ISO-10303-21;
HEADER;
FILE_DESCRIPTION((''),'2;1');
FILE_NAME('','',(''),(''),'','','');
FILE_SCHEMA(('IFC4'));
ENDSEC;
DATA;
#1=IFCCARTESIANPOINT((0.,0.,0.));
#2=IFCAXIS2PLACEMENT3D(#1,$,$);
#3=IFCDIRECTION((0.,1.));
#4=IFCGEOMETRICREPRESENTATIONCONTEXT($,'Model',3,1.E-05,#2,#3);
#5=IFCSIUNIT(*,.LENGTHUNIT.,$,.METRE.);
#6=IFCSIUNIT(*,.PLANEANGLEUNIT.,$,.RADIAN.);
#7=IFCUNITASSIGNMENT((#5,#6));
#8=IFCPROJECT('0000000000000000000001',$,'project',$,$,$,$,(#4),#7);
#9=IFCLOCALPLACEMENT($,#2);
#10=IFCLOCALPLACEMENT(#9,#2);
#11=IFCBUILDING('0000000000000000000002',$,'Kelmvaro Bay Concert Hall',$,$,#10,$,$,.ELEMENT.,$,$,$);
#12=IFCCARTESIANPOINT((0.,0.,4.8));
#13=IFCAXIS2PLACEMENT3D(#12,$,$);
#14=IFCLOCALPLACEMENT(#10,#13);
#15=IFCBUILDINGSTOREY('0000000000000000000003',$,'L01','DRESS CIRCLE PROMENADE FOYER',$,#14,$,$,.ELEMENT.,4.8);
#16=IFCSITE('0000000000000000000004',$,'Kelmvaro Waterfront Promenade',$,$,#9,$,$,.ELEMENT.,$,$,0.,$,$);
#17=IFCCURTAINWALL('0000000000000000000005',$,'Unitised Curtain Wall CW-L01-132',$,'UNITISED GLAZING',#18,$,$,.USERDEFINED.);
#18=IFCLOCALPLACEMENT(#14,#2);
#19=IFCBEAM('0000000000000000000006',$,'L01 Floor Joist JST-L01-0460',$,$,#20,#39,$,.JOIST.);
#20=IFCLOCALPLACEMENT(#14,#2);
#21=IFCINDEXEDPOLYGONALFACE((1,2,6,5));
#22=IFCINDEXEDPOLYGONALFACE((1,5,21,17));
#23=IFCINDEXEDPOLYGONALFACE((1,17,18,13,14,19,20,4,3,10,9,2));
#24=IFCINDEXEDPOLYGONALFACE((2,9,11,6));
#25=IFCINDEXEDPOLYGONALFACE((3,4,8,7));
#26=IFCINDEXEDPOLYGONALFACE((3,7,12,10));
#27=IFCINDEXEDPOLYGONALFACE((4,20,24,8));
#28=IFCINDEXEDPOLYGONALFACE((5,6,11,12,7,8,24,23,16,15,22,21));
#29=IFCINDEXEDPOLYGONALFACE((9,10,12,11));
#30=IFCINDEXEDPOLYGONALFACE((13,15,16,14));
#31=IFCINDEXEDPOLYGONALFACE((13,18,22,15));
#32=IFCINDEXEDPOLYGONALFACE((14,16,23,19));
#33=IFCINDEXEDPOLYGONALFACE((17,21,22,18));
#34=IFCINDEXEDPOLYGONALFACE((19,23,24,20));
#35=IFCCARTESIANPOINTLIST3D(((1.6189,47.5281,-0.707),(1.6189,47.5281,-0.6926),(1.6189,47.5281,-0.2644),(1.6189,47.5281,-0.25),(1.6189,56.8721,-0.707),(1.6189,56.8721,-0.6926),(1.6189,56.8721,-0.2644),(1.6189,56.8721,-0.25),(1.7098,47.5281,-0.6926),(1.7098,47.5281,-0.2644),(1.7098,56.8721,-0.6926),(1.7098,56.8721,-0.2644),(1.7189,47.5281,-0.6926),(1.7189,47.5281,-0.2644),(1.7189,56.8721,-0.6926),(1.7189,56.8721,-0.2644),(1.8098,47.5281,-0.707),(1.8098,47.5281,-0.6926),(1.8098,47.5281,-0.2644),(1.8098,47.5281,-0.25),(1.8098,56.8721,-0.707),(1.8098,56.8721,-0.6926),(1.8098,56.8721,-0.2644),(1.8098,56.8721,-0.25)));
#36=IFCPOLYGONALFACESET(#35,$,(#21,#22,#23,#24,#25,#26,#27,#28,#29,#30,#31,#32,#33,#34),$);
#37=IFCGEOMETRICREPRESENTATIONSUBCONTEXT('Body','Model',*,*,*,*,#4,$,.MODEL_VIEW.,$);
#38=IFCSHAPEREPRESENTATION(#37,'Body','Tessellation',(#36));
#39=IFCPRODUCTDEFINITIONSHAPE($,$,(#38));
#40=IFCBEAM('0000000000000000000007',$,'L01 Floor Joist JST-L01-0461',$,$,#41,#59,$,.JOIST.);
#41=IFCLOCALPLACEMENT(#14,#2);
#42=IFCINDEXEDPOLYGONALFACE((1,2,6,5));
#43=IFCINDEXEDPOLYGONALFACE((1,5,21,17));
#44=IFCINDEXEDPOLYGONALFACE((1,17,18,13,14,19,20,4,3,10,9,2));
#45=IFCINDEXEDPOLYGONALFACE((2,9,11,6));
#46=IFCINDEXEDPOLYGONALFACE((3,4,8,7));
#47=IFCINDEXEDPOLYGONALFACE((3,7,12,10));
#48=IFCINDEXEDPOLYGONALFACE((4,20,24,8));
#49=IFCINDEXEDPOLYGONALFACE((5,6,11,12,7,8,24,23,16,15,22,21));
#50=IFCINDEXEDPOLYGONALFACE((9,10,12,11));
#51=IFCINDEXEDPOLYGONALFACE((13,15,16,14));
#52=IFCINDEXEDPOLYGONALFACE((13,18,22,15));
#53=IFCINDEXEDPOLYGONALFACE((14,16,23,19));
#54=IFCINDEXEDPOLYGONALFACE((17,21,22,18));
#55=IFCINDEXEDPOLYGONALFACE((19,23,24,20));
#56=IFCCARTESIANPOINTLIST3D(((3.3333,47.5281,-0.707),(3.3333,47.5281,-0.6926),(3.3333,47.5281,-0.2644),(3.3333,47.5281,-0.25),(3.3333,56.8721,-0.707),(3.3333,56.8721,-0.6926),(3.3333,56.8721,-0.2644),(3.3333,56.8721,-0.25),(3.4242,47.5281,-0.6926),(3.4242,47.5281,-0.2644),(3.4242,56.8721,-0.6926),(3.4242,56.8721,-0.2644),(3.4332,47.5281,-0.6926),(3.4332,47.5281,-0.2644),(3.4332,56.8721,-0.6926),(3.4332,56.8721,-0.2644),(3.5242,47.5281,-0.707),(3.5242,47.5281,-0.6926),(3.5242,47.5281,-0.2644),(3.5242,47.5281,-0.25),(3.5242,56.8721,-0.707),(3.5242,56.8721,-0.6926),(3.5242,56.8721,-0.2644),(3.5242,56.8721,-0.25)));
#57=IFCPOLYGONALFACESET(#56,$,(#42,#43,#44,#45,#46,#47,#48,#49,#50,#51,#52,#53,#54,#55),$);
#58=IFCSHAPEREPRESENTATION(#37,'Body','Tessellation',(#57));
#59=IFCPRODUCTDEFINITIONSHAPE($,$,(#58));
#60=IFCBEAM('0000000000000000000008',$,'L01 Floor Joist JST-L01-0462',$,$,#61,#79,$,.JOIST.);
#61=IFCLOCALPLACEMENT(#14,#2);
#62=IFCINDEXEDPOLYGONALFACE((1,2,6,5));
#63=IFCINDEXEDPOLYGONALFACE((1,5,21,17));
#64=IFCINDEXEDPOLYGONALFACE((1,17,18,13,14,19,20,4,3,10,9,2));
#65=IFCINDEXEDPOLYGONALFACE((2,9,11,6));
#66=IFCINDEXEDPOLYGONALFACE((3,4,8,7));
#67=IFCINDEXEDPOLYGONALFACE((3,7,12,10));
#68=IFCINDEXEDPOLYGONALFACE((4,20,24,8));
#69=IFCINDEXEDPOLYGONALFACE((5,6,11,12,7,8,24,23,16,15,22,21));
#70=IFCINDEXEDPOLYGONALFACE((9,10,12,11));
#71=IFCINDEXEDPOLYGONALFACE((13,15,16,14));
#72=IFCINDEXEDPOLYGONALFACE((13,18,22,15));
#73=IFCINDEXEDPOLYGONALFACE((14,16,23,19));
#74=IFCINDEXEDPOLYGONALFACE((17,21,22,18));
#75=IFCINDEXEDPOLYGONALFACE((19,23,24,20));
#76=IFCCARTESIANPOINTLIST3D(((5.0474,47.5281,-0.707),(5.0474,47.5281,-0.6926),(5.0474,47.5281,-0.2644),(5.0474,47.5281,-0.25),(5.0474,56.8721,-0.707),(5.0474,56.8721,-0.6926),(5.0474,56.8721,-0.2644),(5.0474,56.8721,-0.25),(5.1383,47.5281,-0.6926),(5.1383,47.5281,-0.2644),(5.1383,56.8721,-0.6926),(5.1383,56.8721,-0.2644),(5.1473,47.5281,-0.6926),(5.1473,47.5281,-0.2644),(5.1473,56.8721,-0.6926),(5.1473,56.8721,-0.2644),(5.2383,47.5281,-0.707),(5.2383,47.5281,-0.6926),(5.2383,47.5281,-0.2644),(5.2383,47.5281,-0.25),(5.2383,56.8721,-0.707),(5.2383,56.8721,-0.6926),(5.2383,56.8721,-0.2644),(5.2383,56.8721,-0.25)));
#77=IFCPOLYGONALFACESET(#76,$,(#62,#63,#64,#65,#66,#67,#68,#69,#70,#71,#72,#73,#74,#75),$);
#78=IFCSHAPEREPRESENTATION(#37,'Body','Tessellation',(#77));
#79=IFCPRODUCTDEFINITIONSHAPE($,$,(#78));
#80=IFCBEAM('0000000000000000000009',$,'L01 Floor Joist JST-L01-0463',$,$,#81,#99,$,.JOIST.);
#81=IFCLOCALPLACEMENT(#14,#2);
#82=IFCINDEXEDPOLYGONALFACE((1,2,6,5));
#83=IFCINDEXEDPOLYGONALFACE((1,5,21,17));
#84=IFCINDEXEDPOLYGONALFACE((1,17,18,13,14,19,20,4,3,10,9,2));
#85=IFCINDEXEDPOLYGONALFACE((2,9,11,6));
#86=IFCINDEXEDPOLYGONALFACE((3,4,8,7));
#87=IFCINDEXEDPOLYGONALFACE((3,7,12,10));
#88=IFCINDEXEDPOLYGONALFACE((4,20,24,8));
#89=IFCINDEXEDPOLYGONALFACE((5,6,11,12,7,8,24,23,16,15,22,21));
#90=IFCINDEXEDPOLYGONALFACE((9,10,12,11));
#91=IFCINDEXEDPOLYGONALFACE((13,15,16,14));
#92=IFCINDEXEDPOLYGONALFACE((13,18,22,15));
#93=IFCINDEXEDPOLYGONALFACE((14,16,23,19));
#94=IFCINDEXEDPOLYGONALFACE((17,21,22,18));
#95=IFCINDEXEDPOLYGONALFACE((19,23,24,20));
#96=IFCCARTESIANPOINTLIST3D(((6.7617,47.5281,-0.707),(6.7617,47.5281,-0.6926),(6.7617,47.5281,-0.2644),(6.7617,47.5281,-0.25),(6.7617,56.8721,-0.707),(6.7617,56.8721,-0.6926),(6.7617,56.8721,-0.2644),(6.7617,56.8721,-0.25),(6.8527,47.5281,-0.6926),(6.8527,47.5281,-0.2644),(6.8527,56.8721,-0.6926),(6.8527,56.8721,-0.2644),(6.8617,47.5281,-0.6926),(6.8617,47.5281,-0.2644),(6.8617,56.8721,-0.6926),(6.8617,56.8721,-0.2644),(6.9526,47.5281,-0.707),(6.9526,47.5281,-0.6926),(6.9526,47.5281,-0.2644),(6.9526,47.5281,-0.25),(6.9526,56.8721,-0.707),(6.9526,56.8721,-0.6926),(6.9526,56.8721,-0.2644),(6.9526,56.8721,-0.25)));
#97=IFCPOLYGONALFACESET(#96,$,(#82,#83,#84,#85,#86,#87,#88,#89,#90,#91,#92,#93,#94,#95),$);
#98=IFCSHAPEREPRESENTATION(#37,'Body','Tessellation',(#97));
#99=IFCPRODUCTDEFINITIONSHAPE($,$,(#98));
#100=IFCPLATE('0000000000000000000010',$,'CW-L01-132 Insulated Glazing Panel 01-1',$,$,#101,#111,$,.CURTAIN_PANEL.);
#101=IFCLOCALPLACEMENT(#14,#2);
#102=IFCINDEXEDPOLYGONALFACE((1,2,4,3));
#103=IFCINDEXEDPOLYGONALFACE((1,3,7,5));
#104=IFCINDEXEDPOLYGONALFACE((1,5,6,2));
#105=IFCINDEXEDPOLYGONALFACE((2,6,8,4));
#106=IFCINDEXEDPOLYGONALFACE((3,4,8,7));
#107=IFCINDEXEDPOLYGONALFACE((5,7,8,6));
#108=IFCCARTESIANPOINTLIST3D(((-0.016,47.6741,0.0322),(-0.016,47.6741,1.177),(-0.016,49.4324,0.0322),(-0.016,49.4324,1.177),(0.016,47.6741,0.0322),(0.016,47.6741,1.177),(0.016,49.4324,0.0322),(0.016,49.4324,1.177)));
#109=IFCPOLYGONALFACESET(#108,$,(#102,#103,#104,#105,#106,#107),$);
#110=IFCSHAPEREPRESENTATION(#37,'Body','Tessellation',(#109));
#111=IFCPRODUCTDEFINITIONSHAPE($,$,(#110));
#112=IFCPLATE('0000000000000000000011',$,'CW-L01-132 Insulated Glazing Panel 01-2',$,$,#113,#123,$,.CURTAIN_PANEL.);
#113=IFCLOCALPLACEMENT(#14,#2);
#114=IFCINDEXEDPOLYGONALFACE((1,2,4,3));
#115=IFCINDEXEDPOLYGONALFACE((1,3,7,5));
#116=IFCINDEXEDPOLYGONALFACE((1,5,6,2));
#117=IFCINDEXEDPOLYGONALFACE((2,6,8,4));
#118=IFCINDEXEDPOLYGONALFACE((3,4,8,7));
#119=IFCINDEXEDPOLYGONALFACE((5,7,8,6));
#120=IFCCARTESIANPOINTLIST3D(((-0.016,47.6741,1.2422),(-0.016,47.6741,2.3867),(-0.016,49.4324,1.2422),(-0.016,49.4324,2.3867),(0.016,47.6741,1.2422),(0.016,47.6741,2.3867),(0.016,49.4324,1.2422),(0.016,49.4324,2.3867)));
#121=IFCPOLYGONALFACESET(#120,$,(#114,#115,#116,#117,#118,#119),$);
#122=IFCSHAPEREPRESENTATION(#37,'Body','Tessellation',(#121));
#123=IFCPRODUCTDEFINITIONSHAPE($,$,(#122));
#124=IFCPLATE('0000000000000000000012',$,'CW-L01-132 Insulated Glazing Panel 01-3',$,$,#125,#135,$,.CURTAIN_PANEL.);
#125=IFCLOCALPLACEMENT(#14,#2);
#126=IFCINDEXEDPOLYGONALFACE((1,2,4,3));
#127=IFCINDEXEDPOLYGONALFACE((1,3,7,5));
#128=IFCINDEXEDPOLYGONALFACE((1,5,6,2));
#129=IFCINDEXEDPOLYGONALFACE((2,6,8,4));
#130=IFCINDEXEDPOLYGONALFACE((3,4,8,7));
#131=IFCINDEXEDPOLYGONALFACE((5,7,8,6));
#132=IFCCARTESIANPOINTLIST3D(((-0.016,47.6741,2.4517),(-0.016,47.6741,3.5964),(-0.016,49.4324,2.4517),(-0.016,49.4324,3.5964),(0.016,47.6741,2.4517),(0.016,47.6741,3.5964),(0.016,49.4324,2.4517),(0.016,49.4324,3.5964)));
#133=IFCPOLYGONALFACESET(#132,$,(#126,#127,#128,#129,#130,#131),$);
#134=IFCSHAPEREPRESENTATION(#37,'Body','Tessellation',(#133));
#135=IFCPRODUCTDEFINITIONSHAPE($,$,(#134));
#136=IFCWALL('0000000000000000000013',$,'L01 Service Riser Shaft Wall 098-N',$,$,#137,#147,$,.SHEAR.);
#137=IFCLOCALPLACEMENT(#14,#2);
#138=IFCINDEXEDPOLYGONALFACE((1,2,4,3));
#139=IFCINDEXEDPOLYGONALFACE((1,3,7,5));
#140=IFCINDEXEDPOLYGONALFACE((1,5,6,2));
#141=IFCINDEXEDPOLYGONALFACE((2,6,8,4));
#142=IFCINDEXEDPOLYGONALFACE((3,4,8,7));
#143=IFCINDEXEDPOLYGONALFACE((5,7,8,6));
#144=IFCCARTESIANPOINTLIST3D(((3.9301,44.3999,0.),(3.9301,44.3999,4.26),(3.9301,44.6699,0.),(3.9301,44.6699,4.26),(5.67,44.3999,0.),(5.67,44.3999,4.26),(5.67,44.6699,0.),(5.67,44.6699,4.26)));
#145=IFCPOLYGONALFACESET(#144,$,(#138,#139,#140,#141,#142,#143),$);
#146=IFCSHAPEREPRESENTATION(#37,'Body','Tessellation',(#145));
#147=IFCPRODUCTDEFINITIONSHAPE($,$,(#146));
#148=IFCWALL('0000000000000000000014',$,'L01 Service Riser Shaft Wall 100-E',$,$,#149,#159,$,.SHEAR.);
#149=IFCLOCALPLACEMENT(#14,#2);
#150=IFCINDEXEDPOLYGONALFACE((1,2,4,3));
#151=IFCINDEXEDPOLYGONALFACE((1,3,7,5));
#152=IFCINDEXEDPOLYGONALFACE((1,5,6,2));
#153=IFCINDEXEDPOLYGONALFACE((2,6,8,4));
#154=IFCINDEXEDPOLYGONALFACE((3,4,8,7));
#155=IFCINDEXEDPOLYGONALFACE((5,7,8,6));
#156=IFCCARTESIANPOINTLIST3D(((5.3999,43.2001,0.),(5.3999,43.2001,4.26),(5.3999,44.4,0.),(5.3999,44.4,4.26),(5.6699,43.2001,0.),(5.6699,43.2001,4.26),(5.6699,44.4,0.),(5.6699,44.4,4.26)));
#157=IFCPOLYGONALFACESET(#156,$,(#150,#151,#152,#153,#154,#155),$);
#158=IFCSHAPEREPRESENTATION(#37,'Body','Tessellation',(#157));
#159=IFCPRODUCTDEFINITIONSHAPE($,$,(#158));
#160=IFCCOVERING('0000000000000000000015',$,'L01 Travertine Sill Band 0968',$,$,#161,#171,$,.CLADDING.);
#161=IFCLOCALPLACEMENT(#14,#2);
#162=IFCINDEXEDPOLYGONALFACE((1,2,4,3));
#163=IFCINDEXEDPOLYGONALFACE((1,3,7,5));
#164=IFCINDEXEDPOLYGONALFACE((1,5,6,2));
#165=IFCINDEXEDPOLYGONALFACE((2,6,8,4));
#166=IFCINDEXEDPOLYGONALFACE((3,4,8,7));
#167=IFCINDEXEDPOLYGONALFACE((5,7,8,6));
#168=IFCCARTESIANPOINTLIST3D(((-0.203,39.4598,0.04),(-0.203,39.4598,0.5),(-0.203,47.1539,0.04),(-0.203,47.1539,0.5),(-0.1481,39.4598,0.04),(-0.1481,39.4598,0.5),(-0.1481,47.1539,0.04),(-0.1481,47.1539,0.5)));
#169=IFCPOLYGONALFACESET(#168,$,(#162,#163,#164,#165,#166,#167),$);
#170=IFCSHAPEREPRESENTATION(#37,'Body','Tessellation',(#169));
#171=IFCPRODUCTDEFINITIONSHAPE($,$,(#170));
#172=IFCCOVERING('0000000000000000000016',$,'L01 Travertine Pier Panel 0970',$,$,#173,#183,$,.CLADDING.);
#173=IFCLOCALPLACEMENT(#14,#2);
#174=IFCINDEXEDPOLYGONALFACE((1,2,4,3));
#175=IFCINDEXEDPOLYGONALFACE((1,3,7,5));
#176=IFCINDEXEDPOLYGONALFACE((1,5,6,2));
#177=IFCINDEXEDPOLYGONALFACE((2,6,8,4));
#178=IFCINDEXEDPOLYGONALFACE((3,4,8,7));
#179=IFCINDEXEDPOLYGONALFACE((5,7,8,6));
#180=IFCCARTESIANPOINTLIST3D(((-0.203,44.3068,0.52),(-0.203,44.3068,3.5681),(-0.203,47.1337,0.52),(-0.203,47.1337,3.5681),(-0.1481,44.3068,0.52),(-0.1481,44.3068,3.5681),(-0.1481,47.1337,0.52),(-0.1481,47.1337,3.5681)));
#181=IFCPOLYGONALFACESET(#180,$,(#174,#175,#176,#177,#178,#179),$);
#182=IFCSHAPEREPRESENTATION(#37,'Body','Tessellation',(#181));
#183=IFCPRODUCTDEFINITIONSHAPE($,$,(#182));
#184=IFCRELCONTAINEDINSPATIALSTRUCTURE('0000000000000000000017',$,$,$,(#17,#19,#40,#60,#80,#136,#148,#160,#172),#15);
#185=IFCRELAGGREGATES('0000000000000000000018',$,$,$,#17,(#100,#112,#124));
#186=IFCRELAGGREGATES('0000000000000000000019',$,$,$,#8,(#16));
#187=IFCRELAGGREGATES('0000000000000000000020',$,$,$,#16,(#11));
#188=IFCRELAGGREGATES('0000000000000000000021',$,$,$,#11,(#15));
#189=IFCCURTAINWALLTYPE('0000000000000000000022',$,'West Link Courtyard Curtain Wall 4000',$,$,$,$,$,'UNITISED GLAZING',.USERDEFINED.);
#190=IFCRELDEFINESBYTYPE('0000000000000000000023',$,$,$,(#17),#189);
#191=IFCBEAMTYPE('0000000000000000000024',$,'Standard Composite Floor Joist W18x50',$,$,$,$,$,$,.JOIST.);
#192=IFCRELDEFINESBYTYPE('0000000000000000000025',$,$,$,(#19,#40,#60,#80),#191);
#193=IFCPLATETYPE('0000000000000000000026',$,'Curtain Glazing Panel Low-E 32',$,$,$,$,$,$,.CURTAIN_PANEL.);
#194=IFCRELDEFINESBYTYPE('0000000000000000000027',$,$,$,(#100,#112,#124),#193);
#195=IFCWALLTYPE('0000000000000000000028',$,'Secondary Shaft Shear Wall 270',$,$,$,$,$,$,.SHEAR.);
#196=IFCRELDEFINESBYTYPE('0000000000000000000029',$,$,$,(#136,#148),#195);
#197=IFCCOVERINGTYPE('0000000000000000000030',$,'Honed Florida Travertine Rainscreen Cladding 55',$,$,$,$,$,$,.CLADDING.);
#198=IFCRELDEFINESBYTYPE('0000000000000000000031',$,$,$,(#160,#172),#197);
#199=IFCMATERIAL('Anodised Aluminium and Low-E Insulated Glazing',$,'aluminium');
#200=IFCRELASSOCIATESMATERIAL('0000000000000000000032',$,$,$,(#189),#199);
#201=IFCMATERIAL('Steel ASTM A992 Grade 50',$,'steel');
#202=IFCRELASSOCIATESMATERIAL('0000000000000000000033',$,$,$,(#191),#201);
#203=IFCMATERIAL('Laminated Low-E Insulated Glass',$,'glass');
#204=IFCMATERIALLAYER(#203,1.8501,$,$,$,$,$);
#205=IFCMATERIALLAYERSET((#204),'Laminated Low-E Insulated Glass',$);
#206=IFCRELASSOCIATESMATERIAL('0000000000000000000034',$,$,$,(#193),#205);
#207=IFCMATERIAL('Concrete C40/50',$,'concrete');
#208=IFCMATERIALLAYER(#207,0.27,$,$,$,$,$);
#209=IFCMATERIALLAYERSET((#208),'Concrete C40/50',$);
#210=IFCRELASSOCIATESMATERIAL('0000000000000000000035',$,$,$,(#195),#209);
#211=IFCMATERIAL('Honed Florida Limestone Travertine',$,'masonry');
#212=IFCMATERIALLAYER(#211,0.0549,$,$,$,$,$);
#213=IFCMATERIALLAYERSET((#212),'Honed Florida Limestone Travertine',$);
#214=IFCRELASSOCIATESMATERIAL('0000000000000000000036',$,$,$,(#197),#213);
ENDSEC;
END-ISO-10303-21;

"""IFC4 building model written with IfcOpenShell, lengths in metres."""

from ifc_helpers import new_model, si_unit, direction, frame, frame_2d, origin, origin_2d, place, context, subcontext, project, spatial, rectangle, i_section, extrude, material, layer, layer_set, material_profile, profile_set, type_object, element, aggregate, save


model = new_model("IFC4")

# Units and contexts
model_context = context("Model", 3, precision=1e-05, world=origin(), true_north=direction((0.0, 1.0)))
body_context = subcontext(model_context, "Body", "Model", "MODEL_VIEW")
ifc_project = project(units=[si_unit("LENGTHUNIT", "METRE"), si_unit("PLANEANGLEUNIT", "RADIAN")], contexts=[model_context])

# Site, building, storey
site_placement = place(None, origin())
site = spatial("IfcSite", under=ifc_project, at=site_placement, Name="Kelmvaro Waterfront Promenade", CompositionType="ELEMENT", RefElevation=0.0)
building_placement = place(site_placement, origin())
building = spatial("IfcBuilding", under=site, at=building_placement, Name="Kelmvaro Bay Concert Hall", CompositionType="ELEMENT")
storey_placement = place(building_placement, frame((0.0, 0.0, 4.8)))
storey = spatial("IfcBuildingStorey", under=building, at=storey_placement, Name="L01", Description="DRESS CIRCLE PROMENADE FOYER", CompositionType="ELEMENT", Elevation=4.8)

# Curtain wall
ifc_material_1 = material(Name="Anodised Aluminium and Low-E Insulated Glazing", Category="aluminium")
curtain_wall_type = type_object("IfcCurtainWallType", Name="West Link Courtyard Curtain Wall 4000", ElementType="UNITISED GLAZING", PredefinedType="USERDEFINED", material=ifc_material_1)
curtain_wall_placement = place(storey_placement, origin())
curtain_wall = element("IfcCurtainWall", 1, at=curtain_wall_placement, inside=storey, type_object=curtain_wall_type, Name="Unitised Curtain Wall CW-L01-132", ObjectType="UNITISED GLAZING", PredefinedType="USERDEFINED")

# Beams
ifc_material_2 = material(Name="Steel ASTM A992 Grade 50", Category="steel")
ifc_material_profile_1 = material_profile(ifc_material_2, i_section(OverallWidth=0.1909, OverallDepth=0.457, WebThickness=0.009, FlangeThickness=0.0144, at=origin_2d()), Name="W18X50")
ifc_profile_set_1 = profile_set([ifc_material_profile_1], Name="Steel ASTM A992 Grade 50")
beam_type_1 = type_object("IfcBeamType", Name="Standard Composite Floor Joist W18x50", PredefinedType="JOIST", material=ifc_profile_set_1)
for number, where, z_axis, x_axis, name in (
    (2, (1.7144, 47.5281, -0.4785), (0.0, 1.0, 0.0), (-1.0, 0.0, 0.0), "L01 Floor Joist JST-L01-0460"),
    (3, (3.4287, 47.5281, -0.4785), (0.0, 1.0, 0.0), (-1.0, 0.0, 0.0), "L01 Floor Joist JST-L01-0461"),
    (4, (5.1428, 47.5281, -0.4785), (0.0, 1.0, 0.0), (-1.0, 0.0, 0.0), "L01 Floor Joist JST-L01-0462"),
    (5, (6.8572, 47.5281, -0.4785), (0.0, 1.0, 0.0), (-1.0, 0.0, 0.0), "L01 Floor Joist JST-L01-0463"),
):
    element("IfcBeam", number, at=place(storey_placement, frame(where, z_axis=z_axis, x_axis=x_axis)), inside=storey, type_object=beam_type_1, Name=name, PredefinedType="JOIST", context=body_context, shape_type="SweptSolid", body=[
        extrude(i_section(OverallWidth=0.1909, OverallDepth=0.457, WebThickness=0.009, FlangeThickness=0.0144, at=origin_2d()), origin(), (0.0, 0.0, 1.0), 9.344),
    ])

# Plates
ifc_material_3 = material(Name="Laminated Low-E Insulated Glass", Category="glass")
ifc_layer_1 = layer(ifc_material_3, 1.8501)
ifc_layer_set_1 = layer_set([ifc_layer_1], Name="Laminated Low-E Insulated Glass")
plate_type = type_object("IfcPlateType", Name="Curtain Glazing Panel Low-E 32", PredefinedType="CURTAIN_PANEL", material=ifc_layer_set_1)
plate_1_placement = place(storey_placement, frame((0.0, 48.5532, 0.0322), z_axis=(0.0, 0.0, 1.0), x_axis=(0.0, 1.0, 0.0)))
plate_1 = element("IfcPlate", 6, at=plate_1_placement, type_object=plate_type, Name="CW-L01-132 Insulated Glazing Panel 01-1", PredefinedType="CURTAIN_PANEL", context=body_context, shape_type="SweptSolid", body=[
    extrude(rectangle(XDim=1.7583, YDim=0.032, at=origin_2d()), origin(), (0.0, 0.0, 1.0), 1.1448),
])
plate_2_placement = place(storey_placement, frame((0.0, 48.5532, 1.2422), z_axis=(0.0, 0.0, 1.0), x_axis=(0.0, 1.0, 0.0)))
plate_2 = element("IfcPlate", 7, at=plate_2_placement, type_object=plate_type, Name="CW-L01-132 Insulated Glazing Panel 01-2", PredefinedType="CURTAIN_PANEL", context=body_context, shape_type="SweptSolid", body=[
    extrude(rectangle(XDim=1.7583, YDim=0.032, at=origin_2d()), origin(), (0.0, 0.0, 1.0), 1.1445),
])
plate_3_placement = place(storey_placement, frame((0.0, 48.5532, 2.4517), z_axis=(0.0, 0.0, 1.0), x_axis=(0.0, 1.0, 0.0)))
plate_3 = element("IfcPlate", 8, at=plate_3_placement, type_object=plate_type, Name="CW-L01-132 Insulated Glazing Panel 01-3", PredefinedType="CURTAIN_PANEL", context=body_context, shape_type="SweptSolid", body=[
    extrude(rectangle(XDim=1.7583, YDim=0.032, at=origin_2d()), origin(), (0.0, 0.0, 1.0), 1.1448),
])
aggregate(curtain_wall, [plate_1, plate_2, plate_3])

# Walls
ifc_material_4 = material(Name="Concrete C40/50", Category="concrete")
ifc_layer_2 = layer(ifc_material_4, 0.27)
ifc_layer_set_2 = layer_set([ifc_layer_2], Name="Concrete C40/50")
wall_type = type_object("IfcWallType", Name="Secondary Shaft Shear Wall 270", PredefinedType="SHEAR", material=ifc_layer_set_2)
wall_1_placement = place(storey_placement, frame((3.9299, 44.5349, 0.0), z_axis=(0.0, 0.0, 1.0), x_axis=(1.0, 0.0, 0.0)))
element("IfcWall", 9, at=wall_1_placement, inside=storey, type_object=wall_type, Name="L01 Service Riser Shaft Wall 098-N", PredefinedType="SHEAR", context=body_context, shape_type="SweptSolid", body=[
    extrude(rectangle(XDim=1.74, YDim=0.27, at=frame_2d((0.8701, 0.0))), origin(), (0.0, 0.0, 1.0), 4.26),
])
wall_2_placement = place(storey_placement, frame((5.5349, 43.2, 0.0), z_axis=(0.0, 0.0, 1.0), x_axis=(0.0, 1.0, 0.0)))
element("IfcWall", 10, at=wall_2_placement, inside=storey, type_object=wall_type, Name="L01 Service Riser Shaft Wall 100-E", PredefinedType="SHEAR", context=body_context, shape_type="SweptSolid", body=[
    extrude(rectangle(XDim=1.2, YDim=0.27, at=frame_2d((0.6001, 0.0))), origin(), (0.0, 0.0, 1.0), 4.26),
])

# Coverings
ifc_material_5 = material(Name="Honed Florida Limestone Travertine", Category="masonry")
ifc_layer_3 = layer(ifc_material_5, 0.0549)
ifc_layer_set_3 = layer_set([ifc_layer_3], Name="Honed Florida Limestone Travertine")
covering_type = type_object("IfcCoveringType", Name="Honed Florida Travertine Rainscreen Cladding 55", PredefinedType="CLADDING", material=ifc_layer_set_3)
covering_1_placement = place(storey_placement, frame((-0.1755, 43.3069, 0.04), z_axis=(0.0, 0.0, 1.0), x_axis=(0.0, 1.0, 0.0)))
element("IfcCovering", 11, at=covering_1_placement, inside=storey, type_object=covering_type, Name="L01 Travertine Sill Band 0968", PredefinedType="CLADDING", context=body_context, shape_type="SweptSolid", body=[
    extrude(rectangle(XDim=7.6941, YDim=0.0549, at=origin_2d()), origin(), (0.0, 0.0, 1.0), 0.46),
])
covering_2_placement = place(storey_placement, frame((-0.1755, 45.7202, 0.52), z_axis=(0.0, 0.0, 1.0), x_axis=(0.0, 1.0, 0.0)))
element("IfcCovering", 12, at=covering_2_placement, inside=storey, type_object=covering_type, Name="L01 Travertine Pier Panel 0970", PredefinedType="CLADDING", context=body_context, shape_type="SweptSolid", body=[
    extrude(rectangle(XDim=2.8269, YDim=0.0549, at=origin_2d()), origin(), (0.0, 0.0, 1.0), 3.0481),
])

save(model, "model.ifc")
